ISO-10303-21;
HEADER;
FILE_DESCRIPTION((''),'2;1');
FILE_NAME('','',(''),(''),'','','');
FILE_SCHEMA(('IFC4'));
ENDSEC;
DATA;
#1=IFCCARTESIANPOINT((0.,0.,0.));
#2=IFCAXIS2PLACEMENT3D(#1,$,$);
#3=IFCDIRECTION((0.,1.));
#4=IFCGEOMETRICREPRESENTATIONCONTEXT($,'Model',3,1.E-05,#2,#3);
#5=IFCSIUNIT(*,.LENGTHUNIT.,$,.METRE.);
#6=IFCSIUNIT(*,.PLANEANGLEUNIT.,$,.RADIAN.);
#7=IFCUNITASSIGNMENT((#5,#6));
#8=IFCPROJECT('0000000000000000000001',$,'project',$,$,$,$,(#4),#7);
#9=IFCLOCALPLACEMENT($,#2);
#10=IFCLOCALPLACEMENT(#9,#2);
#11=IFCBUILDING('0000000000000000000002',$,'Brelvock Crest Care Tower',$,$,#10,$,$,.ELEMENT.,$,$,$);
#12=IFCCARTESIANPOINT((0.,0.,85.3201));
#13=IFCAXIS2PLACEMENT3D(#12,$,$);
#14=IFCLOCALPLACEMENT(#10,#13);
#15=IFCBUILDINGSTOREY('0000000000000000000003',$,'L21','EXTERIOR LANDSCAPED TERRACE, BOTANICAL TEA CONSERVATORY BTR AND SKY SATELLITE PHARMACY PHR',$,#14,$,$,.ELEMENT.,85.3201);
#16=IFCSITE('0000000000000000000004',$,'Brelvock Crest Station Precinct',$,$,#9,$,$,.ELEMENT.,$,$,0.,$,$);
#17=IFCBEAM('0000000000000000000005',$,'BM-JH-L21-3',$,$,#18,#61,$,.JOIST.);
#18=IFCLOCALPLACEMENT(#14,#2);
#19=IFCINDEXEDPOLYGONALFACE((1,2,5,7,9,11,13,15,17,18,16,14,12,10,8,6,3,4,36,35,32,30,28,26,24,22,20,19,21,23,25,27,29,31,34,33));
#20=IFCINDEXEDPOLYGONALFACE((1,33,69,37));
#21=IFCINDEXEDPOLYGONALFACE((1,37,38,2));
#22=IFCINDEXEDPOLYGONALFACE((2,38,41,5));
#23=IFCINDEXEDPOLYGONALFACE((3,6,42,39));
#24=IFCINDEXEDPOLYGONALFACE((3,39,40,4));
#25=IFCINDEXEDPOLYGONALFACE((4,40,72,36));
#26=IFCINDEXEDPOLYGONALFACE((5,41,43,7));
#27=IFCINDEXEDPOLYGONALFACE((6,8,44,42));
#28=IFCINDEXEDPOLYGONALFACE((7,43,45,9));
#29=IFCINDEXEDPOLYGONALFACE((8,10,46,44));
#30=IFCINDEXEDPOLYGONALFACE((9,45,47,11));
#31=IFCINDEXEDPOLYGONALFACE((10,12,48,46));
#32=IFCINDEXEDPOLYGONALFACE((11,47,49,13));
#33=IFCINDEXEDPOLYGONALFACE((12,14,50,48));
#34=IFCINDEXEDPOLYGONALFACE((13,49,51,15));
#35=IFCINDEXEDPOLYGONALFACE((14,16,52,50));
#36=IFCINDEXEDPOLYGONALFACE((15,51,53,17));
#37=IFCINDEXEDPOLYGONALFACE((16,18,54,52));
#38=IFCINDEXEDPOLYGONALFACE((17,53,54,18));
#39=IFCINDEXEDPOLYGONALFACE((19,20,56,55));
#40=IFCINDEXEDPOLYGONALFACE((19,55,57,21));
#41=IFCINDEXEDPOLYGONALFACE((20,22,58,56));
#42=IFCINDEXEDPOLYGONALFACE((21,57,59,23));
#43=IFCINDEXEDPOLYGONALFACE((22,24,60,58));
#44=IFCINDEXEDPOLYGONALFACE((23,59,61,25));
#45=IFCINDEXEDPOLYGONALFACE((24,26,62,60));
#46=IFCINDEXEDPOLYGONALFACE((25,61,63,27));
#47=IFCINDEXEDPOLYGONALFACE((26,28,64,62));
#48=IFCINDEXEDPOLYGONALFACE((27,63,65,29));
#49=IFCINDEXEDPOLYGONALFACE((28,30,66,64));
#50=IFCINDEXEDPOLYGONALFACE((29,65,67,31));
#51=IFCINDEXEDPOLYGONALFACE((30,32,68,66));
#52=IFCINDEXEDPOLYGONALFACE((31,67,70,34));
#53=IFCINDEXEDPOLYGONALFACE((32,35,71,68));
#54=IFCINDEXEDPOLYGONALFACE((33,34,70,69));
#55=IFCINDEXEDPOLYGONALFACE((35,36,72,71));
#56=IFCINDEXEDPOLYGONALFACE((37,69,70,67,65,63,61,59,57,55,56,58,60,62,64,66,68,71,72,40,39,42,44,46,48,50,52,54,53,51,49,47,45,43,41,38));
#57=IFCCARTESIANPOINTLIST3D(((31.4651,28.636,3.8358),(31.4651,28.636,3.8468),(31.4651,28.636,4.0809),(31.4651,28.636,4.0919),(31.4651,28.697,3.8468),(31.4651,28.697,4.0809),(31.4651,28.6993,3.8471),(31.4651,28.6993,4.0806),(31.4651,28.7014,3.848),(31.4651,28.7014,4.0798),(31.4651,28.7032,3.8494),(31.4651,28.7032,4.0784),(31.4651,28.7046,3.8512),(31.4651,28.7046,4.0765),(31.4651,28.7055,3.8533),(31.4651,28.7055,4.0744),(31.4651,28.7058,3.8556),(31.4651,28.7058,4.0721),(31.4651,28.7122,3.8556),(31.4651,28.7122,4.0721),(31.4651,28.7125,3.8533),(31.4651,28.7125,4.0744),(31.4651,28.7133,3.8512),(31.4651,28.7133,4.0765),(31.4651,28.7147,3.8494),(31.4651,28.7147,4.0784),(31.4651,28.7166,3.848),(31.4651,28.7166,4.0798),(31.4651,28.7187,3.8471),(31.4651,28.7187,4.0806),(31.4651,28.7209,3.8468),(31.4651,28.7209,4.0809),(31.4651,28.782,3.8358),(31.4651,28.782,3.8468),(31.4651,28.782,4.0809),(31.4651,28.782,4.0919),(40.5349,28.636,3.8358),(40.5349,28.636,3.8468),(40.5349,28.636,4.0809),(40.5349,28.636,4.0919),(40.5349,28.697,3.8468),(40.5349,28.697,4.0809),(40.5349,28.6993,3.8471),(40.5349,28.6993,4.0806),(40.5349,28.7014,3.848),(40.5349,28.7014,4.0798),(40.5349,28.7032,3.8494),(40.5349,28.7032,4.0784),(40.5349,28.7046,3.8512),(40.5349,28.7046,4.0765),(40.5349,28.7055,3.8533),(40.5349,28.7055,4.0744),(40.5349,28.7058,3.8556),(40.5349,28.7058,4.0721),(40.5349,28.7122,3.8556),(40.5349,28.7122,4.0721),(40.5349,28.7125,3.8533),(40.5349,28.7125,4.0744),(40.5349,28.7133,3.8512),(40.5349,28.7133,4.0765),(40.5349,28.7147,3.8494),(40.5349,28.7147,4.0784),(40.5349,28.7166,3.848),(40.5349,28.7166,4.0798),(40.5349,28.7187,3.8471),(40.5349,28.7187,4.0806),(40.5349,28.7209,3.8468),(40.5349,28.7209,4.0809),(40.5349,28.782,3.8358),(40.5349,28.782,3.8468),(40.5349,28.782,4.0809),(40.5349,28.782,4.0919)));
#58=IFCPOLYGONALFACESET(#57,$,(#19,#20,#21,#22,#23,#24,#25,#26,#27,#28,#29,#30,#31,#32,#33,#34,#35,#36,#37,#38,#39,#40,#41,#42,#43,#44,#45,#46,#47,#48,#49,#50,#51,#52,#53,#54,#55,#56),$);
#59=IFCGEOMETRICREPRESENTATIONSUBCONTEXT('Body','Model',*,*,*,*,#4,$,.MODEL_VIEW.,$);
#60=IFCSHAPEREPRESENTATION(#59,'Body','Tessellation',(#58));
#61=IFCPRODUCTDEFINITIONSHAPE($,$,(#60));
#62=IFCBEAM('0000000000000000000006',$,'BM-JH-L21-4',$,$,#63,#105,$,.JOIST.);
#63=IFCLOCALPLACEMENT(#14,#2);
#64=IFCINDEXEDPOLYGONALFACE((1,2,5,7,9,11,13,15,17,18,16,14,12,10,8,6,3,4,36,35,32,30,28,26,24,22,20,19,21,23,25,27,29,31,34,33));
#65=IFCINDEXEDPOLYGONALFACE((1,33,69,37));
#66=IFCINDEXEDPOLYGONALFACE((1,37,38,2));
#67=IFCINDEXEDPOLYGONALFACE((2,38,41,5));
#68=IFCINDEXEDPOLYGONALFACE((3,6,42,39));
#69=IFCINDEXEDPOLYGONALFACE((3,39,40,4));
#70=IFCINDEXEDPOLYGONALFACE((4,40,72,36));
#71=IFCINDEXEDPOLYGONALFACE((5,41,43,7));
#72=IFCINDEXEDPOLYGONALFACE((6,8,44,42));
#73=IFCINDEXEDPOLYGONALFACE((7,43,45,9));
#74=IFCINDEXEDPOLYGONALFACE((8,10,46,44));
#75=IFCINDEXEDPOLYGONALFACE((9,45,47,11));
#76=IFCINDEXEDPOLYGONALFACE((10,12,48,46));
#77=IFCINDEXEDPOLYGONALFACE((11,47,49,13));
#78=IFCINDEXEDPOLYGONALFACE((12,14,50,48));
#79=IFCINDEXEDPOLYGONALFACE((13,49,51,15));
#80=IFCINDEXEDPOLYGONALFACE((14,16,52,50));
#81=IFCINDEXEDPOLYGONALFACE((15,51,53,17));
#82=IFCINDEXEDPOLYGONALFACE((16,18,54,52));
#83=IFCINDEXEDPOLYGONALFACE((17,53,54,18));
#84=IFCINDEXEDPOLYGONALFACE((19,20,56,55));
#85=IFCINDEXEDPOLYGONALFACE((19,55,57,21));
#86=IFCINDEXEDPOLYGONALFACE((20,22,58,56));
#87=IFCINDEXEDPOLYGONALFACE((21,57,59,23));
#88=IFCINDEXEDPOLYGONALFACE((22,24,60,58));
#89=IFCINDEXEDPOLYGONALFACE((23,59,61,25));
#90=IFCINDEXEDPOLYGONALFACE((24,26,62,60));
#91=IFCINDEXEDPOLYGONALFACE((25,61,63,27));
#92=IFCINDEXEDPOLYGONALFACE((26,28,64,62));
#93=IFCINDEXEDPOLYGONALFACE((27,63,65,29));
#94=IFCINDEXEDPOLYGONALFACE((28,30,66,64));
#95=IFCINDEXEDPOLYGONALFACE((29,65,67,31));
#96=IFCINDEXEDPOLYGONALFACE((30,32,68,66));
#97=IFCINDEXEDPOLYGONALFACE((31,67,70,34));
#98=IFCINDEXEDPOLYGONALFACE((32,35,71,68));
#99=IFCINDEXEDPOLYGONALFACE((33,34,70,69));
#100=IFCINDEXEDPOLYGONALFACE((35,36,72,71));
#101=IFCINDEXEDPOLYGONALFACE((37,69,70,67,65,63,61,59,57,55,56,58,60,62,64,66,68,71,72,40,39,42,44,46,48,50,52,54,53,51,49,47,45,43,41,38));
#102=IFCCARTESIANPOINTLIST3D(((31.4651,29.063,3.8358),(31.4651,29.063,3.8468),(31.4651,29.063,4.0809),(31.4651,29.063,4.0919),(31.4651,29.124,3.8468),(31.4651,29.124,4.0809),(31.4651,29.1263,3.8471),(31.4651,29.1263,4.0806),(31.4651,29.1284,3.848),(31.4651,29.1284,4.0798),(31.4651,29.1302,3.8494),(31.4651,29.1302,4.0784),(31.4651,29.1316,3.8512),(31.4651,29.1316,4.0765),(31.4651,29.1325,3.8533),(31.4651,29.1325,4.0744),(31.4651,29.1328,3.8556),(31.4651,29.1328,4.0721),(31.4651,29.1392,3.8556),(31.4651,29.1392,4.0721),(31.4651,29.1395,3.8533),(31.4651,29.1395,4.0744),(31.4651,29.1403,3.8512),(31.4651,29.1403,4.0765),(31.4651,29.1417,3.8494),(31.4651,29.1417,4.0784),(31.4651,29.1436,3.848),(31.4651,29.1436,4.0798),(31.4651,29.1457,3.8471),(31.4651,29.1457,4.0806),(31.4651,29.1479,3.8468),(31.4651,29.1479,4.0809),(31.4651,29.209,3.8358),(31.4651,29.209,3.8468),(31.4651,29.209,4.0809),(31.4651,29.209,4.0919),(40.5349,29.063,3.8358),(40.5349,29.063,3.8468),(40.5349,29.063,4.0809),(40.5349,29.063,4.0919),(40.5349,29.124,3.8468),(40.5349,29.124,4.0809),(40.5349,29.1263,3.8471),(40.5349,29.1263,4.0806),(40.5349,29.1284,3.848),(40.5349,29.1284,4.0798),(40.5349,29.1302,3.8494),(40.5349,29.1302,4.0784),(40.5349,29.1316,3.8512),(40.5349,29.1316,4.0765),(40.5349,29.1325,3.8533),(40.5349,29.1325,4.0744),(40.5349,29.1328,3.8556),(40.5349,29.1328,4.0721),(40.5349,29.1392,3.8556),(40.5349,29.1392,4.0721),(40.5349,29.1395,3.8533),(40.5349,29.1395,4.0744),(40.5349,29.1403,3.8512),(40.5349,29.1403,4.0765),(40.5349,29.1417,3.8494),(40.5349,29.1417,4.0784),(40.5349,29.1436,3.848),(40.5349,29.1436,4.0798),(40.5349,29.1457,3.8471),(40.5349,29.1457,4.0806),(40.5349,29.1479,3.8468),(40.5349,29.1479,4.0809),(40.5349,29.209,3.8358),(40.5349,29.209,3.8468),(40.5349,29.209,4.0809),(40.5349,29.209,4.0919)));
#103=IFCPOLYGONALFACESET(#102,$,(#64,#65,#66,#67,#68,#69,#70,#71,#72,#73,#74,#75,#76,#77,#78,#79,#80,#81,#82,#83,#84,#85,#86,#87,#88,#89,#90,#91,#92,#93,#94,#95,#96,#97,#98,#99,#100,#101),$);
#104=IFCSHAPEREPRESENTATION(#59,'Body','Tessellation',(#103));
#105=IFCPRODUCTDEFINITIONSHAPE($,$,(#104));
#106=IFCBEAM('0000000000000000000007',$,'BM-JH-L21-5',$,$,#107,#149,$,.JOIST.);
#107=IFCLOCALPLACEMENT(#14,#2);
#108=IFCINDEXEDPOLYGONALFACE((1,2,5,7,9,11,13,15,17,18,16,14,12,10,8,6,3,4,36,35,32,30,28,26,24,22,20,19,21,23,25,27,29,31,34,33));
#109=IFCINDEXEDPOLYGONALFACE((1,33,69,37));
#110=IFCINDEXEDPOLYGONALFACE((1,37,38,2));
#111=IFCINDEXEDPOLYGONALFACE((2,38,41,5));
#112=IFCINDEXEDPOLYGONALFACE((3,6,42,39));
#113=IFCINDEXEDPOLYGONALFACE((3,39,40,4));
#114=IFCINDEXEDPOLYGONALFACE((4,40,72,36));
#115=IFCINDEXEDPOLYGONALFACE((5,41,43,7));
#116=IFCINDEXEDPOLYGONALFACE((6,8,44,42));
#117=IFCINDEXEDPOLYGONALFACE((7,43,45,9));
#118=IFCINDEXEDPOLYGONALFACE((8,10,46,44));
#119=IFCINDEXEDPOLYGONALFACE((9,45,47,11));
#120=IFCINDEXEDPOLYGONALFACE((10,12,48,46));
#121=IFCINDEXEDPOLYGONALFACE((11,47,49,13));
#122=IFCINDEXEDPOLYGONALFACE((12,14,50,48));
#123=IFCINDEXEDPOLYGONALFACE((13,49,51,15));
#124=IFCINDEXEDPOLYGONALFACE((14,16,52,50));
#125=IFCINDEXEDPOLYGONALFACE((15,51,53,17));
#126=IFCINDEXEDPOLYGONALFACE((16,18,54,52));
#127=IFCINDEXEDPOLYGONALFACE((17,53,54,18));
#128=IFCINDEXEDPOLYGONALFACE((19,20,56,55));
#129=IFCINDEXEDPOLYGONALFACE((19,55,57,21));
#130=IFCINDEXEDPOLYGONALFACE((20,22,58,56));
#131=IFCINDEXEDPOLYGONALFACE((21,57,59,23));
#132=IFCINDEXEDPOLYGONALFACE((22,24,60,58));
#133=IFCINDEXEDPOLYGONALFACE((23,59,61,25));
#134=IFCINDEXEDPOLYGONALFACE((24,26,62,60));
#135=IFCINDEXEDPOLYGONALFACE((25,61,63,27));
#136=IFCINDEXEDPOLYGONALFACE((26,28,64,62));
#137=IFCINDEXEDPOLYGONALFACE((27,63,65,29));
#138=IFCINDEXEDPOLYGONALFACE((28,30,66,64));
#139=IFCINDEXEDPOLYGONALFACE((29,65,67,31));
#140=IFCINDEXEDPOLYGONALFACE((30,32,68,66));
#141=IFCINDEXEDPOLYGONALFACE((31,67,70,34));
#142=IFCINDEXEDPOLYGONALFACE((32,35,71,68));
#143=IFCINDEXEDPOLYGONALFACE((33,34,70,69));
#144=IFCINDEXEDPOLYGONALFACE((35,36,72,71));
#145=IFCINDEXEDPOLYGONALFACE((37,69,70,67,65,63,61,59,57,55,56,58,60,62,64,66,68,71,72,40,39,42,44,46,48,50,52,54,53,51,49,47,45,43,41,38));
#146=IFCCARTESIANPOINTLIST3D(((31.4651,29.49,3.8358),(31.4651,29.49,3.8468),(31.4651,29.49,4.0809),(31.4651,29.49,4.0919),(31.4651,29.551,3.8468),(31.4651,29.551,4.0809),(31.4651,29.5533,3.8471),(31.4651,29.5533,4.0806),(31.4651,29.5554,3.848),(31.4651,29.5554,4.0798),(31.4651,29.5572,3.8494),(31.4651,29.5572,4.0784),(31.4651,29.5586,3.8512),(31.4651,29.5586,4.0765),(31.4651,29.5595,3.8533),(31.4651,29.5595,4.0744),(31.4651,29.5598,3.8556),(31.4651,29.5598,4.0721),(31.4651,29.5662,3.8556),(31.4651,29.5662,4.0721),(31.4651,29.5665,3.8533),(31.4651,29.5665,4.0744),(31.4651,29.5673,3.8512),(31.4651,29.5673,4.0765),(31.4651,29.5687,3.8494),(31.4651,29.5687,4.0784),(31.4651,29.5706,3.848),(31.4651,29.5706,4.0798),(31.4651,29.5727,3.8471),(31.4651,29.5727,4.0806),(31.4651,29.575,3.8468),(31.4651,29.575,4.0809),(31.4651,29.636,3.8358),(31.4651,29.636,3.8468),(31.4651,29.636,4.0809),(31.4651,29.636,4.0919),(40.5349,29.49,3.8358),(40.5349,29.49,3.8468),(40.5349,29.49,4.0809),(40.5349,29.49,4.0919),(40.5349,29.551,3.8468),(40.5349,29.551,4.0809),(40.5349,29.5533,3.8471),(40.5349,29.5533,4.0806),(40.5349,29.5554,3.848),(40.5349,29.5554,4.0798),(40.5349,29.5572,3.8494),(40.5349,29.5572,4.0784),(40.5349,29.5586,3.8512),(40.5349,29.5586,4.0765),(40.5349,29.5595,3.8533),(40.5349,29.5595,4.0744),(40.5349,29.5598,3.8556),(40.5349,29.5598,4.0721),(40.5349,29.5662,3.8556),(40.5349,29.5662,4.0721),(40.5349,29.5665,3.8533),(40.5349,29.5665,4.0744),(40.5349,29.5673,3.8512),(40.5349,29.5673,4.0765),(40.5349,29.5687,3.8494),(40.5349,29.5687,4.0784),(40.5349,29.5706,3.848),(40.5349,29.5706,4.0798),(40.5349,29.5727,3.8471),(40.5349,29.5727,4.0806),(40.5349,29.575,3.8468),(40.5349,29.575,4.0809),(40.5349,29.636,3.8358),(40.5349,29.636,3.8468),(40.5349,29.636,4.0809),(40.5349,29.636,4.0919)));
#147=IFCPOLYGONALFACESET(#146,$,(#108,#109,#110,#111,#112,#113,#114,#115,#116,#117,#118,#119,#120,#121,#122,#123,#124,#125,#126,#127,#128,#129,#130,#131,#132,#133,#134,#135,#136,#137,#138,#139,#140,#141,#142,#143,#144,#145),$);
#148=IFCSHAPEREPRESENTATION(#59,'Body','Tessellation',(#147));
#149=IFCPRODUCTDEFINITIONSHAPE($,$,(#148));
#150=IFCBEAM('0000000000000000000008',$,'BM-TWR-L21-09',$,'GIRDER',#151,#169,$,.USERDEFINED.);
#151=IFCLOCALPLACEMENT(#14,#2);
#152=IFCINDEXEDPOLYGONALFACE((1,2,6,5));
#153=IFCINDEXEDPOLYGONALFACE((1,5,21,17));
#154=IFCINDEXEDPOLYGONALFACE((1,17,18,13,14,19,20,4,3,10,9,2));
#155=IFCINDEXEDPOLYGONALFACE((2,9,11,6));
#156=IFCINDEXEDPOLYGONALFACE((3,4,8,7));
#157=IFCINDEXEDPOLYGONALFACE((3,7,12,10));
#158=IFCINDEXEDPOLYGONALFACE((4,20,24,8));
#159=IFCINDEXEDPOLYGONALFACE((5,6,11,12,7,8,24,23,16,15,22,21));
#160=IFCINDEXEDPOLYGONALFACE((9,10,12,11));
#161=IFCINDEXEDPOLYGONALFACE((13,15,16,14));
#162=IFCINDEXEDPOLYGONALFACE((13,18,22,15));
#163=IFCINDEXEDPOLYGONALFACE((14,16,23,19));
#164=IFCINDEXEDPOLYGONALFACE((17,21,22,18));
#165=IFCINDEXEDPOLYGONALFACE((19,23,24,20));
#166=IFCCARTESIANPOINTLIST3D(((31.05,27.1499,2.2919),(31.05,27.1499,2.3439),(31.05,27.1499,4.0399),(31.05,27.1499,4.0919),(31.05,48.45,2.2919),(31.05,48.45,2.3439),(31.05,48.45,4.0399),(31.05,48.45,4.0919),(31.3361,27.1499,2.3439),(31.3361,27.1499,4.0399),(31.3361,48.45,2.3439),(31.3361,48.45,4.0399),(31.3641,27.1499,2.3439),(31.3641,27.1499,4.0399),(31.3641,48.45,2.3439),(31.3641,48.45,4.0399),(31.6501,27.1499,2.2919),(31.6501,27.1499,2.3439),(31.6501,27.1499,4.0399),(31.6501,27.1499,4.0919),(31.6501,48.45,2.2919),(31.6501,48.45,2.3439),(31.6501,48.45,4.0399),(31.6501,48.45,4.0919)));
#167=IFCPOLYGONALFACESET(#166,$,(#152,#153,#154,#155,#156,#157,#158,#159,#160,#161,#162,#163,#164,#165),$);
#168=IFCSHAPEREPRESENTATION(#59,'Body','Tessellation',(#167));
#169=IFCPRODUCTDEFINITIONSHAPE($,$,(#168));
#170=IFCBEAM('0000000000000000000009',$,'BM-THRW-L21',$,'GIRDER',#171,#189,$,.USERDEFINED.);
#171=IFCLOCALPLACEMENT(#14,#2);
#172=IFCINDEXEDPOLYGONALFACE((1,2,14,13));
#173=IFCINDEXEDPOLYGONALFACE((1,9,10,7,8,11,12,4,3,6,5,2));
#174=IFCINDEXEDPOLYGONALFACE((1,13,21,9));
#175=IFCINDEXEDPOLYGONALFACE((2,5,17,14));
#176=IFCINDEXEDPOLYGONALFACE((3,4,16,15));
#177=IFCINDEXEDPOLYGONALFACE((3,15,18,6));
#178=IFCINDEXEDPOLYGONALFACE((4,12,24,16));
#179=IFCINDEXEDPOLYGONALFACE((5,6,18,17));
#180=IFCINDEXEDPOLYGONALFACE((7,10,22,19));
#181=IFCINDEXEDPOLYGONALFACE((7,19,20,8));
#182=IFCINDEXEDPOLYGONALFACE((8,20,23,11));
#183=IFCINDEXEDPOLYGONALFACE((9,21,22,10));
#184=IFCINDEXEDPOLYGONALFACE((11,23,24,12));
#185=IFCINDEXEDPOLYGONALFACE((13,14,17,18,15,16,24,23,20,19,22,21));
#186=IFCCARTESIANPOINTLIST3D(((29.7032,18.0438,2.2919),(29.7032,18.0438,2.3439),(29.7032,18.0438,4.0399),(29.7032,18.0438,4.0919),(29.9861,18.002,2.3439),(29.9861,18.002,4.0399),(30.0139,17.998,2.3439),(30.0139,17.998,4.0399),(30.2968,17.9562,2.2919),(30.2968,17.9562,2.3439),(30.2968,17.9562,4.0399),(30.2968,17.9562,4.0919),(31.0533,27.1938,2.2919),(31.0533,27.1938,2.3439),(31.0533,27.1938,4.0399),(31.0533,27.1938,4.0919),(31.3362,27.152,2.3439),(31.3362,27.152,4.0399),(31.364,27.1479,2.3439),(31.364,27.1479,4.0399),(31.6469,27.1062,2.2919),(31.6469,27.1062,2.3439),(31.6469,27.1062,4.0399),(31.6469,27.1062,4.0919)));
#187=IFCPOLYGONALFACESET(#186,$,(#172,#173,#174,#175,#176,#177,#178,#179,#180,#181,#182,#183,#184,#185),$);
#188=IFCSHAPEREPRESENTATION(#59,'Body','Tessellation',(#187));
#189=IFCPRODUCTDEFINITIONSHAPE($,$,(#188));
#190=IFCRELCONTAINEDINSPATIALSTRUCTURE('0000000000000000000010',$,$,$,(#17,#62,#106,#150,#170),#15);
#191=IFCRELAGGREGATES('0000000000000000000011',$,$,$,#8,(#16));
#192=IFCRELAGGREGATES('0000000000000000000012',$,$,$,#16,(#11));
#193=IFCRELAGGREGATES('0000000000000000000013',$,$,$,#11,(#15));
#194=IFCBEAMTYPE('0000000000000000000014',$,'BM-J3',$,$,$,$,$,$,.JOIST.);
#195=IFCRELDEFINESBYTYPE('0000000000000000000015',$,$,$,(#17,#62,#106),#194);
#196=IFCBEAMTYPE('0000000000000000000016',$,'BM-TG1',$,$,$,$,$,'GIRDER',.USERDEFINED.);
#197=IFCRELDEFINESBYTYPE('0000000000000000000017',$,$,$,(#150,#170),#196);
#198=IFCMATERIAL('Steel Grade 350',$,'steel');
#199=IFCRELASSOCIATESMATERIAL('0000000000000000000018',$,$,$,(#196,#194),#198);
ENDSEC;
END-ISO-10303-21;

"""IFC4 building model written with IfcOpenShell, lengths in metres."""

from ifc_helpers import new_model, si_unit, direction, frame, origin, origin_2d, place, context, subcontext, project, spatial, i_section, extrude, source, transform, mapped, material, material_profile, profile_set, type_object, element, save


model = new_model("IFC4")

# Units and contexts
model_context = context("Model", 3, precision=1e-05, world=origin(), true_north=direction((0.0, 1.0)))
body_context = subcontext(model_context, "Body", "Model", "MODEL_VIEW")
ifc_project = project(units=[si_unit("LENGTHUNIT", "METRE"), si_unit("PLANEANGLEUNIT", "RADIAN")], contexts=[model_context])

# Site, building, storey
site_placement = place(None, origin())
site = spatial("IfcSite", under=ifc_project, at=site_placement, Name="Brelvock Crest Station Precinct", CompositionType="ELEMENT", RefElevation=0.0)
building_placement = place(site_placement, origin())
building = spatial("IfcBuilding", under=site, at=building_placement, Name="Brelvock Crest Care Tower", CompositionType="ELEMENT")
storey_placement = place(building_placement, frame((0.0, 0.0, 85.3201)))
storey = spatial("IfcBuildingStorey", under=building, at=storey_placement, Name="L21", Description="EXTERIOR LANDSCAPED TERRACE, BOTANICAL TEA CONSERVATORY BTR AND SKY SATELLITE PHARMACY PHR", CompositionType="ELEMENT", Elevation=85.3201)

# Shared definitions
ifc_material_1 = material(Name="Steel Grade 350", Category="steel")

# Beams
ifc_material_profile_1 = material_profile(ifc_material_1, i_section(OverallWidth=0.6001, OverallDepth=1.8, WebThickness=0.0281, FlangeThickness=0.052, at=origin_2d()), Name="1800TG740")
ifc_profile_set_1 = profile_set([ifc_material_profile_1], Name="Steel Grade 350")
beam_type_1 = type_object("IfcBeamType", Name="BM-TG1", ElementType="GIRDER", PredefinedType="USERDEFINED", material=ifc_profile_set_1)
ifc_material_profile_2 = material_profile(ifc_material_1, i_section(OverallWidth=0.146, OverallDepth=0.2561, WebThickness=0.0063, FlangeThickness=0.011, FilletRadius=0.0088, at=origin_2d()), Name="250UB37.3")
ifc_profile_set_2 = profile_set([ifc_material_profile_2], Name="Steel Grade 350")
beam_type_2 = type_object("IfcBeamType", Name="BM-J3", PredefinedType="JOIST", material=ifc_profile_set_2)
shared_shape_1 = source(origin(), body_context, "Body", "SweptSolid", [
    extrude(i_section(OverallWidth=0.146, OverallDepth=0.2561, WebThickness=0.0063, FlangeThickness=0.011, FilletRadius=0.0088, at=origin_2d()), origin(), (0.0, 0.0, 1.0), 9.0698),
])
for number, where, z_axis, x_axis, name in (
    (1, (31.4651, 28.709, 3.9639), (1.0, 0.0, 0.0), (0.0, 1.0, 0.0), "BM-JH-L21-3"),
    (2, (31.4651, 29.136, 3.9639), (1.0, 0.0, 0.0), (0.0, 1.0, 0.0), "BM-JH-L21-4"),
    (3, (31.4651, 29.563, 3.9639), (1.0, 0.0, 0.0), (0.0, 1.0, 0.0), "BM-JH-L21-5"),
):
    element("IfcBeam", number, at=place(storey_placement, frame(where, z_axis=z_axis, x_axis=x_axis)), inside=storey, type_object=beam_type_2, Name=name, PredefinedType="JOIST", context=body_context, shape_type="MappedRepresentation", body=[
        mapped(shared_shape_1, transform((0.0, 0.0, 0.0), x_axis=(1.0, 0.0, 0.0), y_axis=(0.0, 1.0, 0.0), z_axis=(0.0, 0.0, 1.0), scale=1.0)),
    ])
shared_shape_2 = source(origin(), body_context, "Body", "SweptSolid", [
    extrude(i_section(OverallWidth=0.6001, OverallDepth=1.8, WebThickness=0.0281, FlangeThickness=0.052, at=origin_2d()), origin(), (0.0, 0.0, 1.0), 21.3),
])
beam_1_placement = place(storey_placement, frame((31.3501, 27.1499, 3.1919), z_axis=(0.0, 1.0, 0.0), x_axis=(-1.0, 0.0, 0.0)))
element("IfcBeam", 4, at=beam_1_placement, inside=storey, type_object=beam_type_1, Name="BM-TWR-L21-09", ObjectType="GIRDER", PredefinedType="USERDEFINED", context=body_context, shape_type="MappedRepresentation", body=[
    mapped(shared_shape_2, transform((0.0, 0.0, 0.0), x_axis=(1.0, 0.0, 0.0), y_axis=(0.0, 1.0, 0.0), z_axis=(0.0, 0.0, 1.0), scale=1.0)),
])
shared_shape_3 = source(origin(), body_context, "Body", "SweptSolid", [
    extrude(i_section(OverallWidth=0.6001, OverallDepth=1.8, WebThickness=0.0281, FlangeThickness=0.052, at=origin_2d()), origin(), (0.0, 0.0, 1.0), 9.249),
])
beam_2_placement = place(storey_placement, frame((30.0, 18.0, 3.1919), z_axis=(0.145973, 0.989289, 0.0), x_axis=(-0.989289, 0.145973, 0.0)))
element("IfcBeam", 5, at=beam_2_placement, inside=storey, type_object=beam_type_1, Name="BM-THRW-L21", ObjectType="GIRDER", PredefinedType="USERDEFINED", context=body_context, shape_type="MappedRepresentation", body=[
    mapped(shared_shape_3, transform((0.0, 0.0, 0.0), x_axis=(1.0, 0.0, 0.0), y_axis=(0.0, 1.0, 0.0), z_axis=(0.0, 0.0, 1.0), scale=1.0)),
])

save(model, "model.ifc")
